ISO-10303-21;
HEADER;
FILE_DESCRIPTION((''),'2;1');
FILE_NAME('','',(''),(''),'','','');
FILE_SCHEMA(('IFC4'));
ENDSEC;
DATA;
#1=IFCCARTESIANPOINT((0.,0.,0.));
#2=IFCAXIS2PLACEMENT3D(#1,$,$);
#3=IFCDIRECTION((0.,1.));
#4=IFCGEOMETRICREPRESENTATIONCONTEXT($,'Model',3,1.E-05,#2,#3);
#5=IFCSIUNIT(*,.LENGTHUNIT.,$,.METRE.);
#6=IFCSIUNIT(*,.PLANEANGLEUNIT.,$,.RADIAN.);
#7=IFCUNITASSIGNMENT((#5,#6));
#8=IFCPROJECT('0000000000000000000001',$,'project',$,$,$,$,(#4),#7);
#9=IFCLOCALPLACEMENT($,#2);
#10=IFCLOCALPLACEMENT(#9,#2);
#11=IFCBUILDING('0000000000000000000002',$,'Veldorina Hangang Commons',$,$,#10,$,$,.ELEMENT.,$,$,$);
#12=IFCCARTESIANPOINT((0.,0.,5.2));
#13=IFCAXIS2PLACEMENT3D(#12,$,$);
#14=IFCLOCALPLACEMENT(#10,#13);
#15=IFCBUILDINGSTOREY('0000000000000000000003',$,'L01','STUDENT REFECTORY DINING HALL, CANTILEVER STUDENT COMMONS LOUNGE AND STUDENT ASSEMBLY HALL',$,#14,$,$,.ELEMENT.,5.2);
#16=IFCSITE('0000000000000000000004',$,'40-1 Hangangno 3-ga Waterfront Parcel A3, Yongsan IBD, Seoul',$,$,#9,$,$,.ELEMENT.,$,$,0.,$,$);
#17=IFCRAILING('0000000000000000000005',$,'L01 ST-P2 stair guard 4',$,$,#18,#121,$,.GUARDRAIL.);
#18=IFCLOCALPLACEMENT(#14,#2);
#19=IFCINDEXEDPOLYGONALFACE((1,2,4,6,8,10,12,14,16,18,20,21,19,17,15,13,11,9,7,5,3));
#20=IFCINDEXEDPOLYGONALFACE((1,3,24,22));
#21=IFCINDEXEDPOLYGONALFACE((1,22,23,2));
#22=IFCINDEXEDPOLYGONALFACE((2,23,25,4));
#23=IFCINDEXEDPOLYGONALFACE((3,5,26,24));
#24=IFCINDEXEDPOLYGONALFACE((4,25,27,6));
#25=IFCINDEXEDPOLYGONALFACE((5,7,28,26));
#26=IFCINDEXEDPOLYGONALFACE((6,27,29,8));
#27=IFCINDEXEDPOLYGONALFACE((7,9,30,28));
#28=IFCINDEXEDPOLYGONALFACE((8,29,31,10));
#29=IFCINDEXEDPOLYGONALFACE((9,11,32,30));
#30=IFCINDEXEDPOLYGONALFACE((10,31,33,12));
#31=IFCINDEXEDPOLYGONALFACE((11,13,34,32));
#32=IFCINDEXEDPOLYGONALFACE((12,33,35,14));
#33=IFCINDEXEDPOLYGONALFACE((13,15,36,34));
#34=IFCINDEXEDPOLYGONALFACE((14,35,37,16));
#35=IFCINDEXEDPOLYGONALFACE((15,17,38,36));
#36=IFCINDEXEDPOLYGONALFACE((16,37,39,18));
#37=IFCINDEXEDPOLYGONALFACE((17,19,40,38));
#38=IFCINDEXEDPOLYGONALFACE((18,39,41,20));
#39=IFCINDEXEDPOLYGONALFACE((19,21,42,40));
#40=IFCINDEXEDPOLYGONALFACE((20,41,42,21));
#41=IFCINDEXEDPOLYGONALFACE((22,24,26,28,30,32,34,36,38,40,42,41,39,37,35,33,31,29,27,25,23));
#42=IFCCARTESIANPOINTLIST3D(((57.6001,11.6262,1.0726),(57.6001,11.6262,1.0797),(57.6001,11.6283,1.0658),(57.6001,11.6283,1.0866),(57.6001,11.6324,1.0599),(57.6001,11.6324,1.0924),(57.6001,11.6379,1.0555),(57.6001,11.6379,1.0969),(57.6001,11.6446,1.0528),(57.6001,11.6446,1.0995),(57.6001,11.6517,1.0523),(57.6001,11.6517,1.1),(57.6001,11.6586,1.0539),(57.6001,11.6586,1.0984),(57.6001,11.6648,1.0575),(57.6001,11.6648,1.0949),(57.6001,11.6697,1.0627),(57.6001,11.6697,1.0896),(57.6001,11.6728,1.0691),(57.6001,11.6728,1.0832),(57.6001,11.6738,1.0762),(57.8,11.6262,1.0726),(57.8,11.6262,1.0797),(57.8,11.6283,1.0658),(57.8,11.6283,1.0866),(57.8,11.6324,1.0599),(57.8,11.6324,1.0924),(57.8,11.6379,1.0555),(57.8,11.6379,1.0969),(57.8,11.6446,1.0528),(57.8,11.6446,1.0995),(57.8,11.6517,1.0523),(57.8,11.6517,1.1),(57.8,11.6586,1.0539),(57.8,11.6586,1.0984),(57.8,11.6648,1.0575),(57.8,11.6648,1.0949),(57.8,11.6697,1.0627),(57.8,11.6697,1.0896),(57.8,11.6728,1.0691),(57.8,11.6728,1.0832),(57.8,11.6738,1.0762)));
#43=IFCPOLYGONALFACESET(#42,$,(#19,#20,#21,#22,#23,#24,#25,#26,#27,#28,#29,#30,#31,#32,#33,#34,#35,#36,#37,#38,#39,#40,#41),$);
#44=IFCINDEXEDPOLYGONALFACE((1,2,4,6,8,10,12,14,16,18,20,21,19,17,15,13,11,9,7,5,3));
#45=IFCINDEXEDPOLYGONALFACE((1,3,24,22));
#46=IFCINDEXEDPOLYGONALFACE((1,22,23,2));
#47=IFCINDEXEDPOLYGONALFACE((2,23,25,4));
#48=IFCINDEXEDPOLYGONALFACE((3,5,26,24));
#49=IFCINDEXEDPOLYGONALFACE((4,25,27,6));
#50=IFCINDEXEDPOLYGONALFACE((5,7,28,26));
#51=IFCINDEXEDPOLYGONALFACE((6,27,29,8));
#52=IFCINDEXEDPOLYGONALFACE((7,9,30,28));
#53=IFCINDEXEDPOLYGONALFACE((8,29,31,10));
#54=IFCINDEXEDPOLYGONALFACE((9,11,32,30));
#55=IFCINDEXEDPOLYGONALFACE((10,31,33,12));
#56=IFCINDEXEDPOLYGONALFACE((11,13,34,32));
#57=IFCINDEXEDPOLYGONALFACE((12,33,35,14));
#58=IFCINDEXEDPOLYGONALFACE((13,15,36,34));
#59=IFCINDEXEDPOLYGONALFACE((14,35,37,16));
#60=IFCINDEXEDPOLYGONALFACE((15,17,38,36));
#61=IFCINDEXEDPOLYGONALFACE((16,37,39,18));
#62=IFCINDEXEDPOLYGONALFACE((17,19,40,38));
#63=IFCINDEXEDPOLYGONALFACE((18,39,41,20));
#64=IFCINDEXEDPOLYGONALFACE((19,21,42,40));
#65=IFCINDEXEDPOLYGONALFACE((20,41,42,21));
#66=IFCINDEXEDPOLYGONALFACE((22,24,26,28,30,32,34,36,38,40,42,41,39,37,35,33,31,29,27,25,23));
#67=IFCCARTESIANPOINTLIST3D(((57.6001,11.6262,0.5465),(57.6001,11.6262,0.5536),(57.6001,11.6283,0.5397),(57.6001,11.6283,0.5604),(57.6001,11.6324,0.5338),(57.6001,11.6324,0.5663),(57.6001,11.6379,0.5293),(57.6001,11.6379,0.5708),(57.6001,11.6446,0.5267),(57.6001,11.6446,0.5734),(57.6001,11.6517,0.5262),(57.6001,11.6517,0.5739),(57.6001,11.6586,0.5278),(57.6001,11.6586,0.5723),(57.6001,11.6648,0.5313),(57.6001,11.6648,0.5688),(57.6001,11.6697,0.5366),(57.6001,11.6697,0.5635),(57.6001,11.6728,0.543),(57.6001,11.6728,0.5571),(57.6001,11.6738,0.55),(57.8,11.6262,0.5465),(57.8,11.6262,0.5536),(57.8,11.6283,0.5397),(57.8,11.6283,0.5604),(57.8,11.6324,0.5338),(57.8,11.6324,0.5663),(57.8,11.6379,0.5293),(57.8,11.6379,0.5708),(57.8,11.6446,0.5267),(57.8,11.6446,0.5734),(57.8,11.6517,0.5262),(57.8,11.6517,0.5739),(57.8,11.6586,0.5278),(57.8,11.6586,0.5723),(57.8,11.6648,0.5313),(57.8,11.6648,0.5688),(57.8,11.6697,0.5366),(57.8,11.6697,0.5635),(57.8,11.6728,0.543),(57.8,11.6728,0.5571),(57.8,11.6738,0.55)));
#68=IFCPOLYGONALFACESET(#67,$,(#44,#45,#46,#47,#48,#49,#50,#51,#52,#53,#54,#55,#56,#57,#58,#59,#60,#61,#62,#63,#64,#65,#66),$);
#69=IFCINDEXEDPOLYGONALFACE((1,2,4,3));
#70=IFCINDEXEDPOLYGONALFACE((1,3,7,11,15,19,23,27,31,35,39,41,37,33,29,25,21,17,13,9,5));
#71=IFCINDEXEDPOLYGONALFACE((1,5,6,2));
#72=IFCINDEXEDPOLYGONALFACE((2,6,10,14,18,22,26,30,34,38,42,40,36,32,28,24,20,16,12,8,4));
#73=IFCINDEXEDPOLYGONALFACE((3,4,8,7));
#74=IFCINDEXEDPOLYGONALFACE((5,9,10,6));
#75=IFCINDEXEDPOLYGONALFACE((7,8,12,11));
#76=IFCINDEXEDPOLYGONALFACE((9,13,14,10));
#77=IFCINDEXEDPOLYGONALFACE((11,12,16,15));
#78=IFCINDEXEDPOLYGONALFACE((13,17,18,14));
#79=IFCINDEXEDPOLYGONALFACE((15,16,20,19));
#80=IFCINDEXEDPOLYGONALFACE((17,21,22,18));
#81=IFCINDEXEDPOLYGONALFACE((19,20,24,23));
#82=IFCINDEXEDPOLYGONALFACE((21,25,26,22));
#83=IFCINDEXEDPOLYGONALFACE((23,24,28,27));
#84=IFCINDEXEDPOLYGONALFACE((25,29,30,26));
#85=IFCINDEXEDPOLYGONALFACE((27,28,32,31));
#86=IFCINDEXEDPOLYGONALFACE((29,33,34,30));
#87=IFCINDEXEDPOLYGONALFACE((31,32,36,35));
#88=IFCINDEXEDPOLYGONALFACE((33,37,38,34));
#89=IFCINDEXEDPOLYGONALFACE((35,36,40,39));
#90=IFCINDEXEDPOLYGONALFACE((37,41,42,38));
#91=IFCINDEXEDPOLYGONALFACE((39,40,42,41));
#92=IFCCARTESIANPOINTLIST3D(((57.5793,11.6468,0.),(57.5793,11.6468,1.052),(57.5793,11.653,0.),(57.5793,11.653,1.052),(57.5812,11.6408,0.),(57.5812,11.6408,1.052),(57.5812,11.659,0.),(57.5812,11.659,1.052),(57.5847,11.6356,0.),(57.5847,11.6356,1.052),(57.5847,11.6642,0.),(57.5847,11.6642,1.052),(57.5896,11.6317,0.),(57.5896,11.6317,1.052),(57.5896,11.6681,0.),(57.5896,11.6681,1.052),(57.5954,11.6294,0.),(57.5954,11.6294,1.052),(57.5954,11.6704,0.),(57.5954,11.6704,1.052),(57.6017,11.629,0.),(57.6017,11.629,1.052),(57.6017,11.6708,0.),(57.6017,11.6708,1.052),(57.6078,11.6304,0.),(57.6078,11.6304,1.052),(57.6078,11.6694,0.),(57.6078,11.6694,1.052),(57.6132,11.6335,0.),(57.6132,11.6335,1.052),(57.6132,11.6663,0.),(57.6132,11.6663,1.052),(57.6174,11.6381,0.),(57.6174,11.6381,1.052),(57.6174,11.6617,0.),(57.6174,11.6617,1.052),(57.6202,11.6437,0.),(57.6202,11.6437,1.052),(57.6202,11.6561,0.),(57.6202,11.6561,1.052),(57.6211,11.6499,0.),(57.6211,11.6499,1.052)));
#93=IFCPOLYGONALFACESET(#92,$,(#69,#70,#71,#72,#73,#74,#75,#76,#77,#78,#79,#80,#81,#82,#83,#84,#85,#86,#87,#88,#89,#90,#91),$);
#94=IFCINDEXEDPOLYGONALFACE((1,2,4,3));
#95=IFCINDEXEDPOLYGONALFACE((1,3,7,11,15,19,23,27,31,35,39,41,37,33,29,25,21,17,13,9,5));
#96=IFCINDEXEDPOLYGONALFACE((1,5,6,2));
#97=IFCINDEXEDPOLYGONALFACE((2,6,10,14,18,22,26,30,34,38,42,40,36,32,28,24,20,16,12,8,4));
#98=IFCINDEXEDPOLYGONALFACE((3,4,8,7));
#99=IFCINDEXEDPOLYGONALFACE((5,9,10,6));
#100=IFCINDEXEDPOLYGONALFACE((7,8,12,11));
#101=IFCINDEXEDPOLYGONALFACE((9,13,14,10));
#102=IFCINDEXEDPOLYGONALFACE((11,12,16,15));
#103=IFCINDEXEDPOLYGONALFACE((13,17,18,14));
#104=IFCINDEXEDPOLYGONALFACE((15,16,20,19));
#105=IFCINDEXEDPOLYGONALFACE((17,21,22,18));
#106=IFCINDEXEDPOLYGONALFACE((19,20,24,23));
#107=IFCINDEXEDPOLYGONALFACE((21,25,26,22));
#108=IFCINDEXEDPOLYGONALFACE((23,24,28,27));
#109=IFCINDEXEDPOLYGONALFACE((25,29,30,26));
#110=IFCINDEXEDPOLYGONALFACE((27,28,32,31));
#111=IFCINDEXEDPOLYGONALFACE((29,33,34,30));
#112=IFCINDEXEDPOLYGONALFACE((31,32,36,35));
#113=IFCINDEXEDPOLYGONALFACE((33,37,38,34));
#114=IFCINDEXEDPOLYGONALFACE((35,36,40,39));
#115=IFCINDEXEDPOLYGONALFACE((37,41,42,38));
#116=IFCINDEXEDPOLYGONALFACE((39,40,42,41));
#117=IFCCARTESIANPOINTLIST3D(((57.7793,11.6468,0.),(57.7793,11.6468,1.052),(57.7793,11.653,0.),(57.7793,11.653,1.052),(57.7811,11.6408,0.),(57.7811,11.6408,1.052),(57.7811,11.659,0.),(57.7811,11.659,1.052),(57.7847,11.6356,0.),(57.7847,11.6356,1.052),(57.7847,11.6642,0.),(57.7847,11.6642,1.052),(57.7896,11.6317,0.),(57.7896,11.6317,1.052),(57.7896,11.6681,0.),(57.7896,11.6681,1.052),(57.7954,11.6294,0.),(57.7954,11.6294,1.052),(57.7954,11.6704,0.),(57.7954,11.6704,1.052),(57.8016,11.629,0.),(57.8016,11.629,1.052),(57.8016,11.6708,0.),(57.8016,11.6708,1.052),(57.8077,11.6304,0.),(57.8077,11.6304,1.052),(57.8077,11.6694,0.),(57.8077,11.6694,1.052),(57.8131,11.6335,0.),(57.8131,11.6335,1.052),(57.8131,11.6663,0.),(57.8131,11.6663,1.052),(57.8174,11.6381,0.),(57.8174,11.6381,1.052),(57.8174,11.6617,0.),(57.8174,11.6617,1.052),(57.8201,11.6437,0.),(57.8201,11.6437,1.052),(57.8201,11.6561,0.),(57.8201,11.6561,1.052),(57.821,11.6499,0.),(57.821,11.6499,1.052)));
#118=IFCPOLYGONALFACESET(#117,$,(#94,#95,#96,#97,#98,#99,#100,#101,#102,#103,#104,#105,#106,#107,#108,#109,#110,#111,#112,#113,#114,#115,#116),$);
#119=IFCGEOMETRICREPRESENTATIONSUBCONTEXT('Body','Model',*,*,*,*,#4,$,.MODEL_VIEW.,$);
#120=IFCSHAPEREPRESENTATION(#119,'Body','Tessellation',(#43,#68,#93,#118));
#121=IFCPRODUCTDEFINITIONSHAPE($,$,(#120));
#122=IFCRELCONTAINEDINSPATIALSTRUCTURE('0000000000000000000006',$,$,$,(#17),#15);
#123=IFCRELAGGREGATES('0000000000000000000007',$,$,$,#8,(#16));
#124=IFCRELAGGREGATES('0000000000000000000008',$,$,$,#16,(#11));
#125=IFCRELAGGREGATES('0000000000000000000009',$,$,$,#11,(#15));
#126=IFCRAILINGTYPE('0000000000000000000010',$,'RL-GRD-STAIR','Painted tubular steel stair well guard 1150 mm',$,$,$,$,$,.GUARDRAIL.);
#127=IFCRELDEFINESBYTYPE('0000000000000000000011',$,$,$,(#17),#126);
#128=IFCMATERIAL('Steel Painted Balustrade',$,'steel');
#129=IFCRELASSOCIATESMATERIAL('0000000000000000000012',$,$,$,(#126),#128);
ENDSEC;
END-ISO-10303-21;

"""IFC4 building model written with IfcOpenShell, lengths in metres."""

from ifc_helpers import new_model, si_unit, direction, frame, origin, origin_2d, place, context, subcontext, project, spatial, circle, extrude, material, type_object, element, save


model = new_model("IFC4")

# Units and contexts
model_context = context("Model", 3, precision=1e-05, world=origin(), true_north=direction((0.0, 1.0)))
body_context = subcontext(model_context, "Body", "Model", "MODEL_VIEW")
ifc_project = project(units=[si_unit("LENGTHUNIT", "METRE"), si_unit("PLANEANGLEUNIT", "RADIAN")], contexts=[model_context])

# Site, building, storey
site_placement = place(None, origin())
site = spatial("IfcSite", under=ifc_project, at=site_placement, Name="40-1 Hangangno 3-ga Waterfront Parcel A3, Yongsan IBD, Seoul", CompositionType="ELEMENT", RefElevation=0.0)
building_placement = place(site_placement, origin())
building = spatial("IfcBuilding", under=site, at=building_placement, Name="Veldorina Hangang Commons", CompositionType="ELEMENT")
storey_placement = place(building_placement, frame((0.0, 0.0, 5.2)))
storey = spatial("IfcBuildingStorey", under=building, at=storey_placement, Name="L01", Description="STUDENT REFECTORY DINING HALL, CANTILEVER STUDENT COMMONS LOUNGE AND STUDENT ASSEMBLY HALL", CompositionType="ELEMENT", Elevation=5.2)

# Railing
ifc_material_1 = material(Name="Steel Painted Balustrade", Category="steel")
railing_type_1 = type_object("IfcRailingType", Name="RL-GRD-STAIR", Description="Painted tubular steel stair well guard 1150 mm", PredefinedType="GUARDRAIL", material=ifc_material_1)
railing_1_placement = place(storey_placement, frame((57.6001, 11.6499, 0.0)))
element("IfcRailing", 1, at=railing_1_placement, inside=storey, type_object=railing_type_1, Name="L01 ST-P2 stair guard 4", PredefinedType="GUARDRAIL", context=body_context, shape_type="SweptSolid", body=[
    extrude(circle(Radius=0.0239, at=origin_2d()), frame((0.0, 0.0, 1.0762), z_axis=(1.0, 0.0, 0.0), x_axis=(0.0, 1.0, 0.0)), (0.0, 0.0, 1.0), 0.2),
    extrude(circle(Radius=0.0239, at=origin_2d()), frame((0.0, 0.0, 0.55), z_axis=(1.0, 0.0, 0.0), x_axis=(0.0, 1.0, 0.0)), (0.0, 0.0, 1.0), 0.2),
    extrude(circle(Radius=0.021, at=origin_2d()), origin(), (0.0, 0.0, 1.0), 1.052),
    extrude(circle(Radius=0.021, at=origin_2d()), frame((0.2, 0.0, 0.0)), (0.0, 0.0, 1.0), 1.052),
])

save(model, "model.ifc")
